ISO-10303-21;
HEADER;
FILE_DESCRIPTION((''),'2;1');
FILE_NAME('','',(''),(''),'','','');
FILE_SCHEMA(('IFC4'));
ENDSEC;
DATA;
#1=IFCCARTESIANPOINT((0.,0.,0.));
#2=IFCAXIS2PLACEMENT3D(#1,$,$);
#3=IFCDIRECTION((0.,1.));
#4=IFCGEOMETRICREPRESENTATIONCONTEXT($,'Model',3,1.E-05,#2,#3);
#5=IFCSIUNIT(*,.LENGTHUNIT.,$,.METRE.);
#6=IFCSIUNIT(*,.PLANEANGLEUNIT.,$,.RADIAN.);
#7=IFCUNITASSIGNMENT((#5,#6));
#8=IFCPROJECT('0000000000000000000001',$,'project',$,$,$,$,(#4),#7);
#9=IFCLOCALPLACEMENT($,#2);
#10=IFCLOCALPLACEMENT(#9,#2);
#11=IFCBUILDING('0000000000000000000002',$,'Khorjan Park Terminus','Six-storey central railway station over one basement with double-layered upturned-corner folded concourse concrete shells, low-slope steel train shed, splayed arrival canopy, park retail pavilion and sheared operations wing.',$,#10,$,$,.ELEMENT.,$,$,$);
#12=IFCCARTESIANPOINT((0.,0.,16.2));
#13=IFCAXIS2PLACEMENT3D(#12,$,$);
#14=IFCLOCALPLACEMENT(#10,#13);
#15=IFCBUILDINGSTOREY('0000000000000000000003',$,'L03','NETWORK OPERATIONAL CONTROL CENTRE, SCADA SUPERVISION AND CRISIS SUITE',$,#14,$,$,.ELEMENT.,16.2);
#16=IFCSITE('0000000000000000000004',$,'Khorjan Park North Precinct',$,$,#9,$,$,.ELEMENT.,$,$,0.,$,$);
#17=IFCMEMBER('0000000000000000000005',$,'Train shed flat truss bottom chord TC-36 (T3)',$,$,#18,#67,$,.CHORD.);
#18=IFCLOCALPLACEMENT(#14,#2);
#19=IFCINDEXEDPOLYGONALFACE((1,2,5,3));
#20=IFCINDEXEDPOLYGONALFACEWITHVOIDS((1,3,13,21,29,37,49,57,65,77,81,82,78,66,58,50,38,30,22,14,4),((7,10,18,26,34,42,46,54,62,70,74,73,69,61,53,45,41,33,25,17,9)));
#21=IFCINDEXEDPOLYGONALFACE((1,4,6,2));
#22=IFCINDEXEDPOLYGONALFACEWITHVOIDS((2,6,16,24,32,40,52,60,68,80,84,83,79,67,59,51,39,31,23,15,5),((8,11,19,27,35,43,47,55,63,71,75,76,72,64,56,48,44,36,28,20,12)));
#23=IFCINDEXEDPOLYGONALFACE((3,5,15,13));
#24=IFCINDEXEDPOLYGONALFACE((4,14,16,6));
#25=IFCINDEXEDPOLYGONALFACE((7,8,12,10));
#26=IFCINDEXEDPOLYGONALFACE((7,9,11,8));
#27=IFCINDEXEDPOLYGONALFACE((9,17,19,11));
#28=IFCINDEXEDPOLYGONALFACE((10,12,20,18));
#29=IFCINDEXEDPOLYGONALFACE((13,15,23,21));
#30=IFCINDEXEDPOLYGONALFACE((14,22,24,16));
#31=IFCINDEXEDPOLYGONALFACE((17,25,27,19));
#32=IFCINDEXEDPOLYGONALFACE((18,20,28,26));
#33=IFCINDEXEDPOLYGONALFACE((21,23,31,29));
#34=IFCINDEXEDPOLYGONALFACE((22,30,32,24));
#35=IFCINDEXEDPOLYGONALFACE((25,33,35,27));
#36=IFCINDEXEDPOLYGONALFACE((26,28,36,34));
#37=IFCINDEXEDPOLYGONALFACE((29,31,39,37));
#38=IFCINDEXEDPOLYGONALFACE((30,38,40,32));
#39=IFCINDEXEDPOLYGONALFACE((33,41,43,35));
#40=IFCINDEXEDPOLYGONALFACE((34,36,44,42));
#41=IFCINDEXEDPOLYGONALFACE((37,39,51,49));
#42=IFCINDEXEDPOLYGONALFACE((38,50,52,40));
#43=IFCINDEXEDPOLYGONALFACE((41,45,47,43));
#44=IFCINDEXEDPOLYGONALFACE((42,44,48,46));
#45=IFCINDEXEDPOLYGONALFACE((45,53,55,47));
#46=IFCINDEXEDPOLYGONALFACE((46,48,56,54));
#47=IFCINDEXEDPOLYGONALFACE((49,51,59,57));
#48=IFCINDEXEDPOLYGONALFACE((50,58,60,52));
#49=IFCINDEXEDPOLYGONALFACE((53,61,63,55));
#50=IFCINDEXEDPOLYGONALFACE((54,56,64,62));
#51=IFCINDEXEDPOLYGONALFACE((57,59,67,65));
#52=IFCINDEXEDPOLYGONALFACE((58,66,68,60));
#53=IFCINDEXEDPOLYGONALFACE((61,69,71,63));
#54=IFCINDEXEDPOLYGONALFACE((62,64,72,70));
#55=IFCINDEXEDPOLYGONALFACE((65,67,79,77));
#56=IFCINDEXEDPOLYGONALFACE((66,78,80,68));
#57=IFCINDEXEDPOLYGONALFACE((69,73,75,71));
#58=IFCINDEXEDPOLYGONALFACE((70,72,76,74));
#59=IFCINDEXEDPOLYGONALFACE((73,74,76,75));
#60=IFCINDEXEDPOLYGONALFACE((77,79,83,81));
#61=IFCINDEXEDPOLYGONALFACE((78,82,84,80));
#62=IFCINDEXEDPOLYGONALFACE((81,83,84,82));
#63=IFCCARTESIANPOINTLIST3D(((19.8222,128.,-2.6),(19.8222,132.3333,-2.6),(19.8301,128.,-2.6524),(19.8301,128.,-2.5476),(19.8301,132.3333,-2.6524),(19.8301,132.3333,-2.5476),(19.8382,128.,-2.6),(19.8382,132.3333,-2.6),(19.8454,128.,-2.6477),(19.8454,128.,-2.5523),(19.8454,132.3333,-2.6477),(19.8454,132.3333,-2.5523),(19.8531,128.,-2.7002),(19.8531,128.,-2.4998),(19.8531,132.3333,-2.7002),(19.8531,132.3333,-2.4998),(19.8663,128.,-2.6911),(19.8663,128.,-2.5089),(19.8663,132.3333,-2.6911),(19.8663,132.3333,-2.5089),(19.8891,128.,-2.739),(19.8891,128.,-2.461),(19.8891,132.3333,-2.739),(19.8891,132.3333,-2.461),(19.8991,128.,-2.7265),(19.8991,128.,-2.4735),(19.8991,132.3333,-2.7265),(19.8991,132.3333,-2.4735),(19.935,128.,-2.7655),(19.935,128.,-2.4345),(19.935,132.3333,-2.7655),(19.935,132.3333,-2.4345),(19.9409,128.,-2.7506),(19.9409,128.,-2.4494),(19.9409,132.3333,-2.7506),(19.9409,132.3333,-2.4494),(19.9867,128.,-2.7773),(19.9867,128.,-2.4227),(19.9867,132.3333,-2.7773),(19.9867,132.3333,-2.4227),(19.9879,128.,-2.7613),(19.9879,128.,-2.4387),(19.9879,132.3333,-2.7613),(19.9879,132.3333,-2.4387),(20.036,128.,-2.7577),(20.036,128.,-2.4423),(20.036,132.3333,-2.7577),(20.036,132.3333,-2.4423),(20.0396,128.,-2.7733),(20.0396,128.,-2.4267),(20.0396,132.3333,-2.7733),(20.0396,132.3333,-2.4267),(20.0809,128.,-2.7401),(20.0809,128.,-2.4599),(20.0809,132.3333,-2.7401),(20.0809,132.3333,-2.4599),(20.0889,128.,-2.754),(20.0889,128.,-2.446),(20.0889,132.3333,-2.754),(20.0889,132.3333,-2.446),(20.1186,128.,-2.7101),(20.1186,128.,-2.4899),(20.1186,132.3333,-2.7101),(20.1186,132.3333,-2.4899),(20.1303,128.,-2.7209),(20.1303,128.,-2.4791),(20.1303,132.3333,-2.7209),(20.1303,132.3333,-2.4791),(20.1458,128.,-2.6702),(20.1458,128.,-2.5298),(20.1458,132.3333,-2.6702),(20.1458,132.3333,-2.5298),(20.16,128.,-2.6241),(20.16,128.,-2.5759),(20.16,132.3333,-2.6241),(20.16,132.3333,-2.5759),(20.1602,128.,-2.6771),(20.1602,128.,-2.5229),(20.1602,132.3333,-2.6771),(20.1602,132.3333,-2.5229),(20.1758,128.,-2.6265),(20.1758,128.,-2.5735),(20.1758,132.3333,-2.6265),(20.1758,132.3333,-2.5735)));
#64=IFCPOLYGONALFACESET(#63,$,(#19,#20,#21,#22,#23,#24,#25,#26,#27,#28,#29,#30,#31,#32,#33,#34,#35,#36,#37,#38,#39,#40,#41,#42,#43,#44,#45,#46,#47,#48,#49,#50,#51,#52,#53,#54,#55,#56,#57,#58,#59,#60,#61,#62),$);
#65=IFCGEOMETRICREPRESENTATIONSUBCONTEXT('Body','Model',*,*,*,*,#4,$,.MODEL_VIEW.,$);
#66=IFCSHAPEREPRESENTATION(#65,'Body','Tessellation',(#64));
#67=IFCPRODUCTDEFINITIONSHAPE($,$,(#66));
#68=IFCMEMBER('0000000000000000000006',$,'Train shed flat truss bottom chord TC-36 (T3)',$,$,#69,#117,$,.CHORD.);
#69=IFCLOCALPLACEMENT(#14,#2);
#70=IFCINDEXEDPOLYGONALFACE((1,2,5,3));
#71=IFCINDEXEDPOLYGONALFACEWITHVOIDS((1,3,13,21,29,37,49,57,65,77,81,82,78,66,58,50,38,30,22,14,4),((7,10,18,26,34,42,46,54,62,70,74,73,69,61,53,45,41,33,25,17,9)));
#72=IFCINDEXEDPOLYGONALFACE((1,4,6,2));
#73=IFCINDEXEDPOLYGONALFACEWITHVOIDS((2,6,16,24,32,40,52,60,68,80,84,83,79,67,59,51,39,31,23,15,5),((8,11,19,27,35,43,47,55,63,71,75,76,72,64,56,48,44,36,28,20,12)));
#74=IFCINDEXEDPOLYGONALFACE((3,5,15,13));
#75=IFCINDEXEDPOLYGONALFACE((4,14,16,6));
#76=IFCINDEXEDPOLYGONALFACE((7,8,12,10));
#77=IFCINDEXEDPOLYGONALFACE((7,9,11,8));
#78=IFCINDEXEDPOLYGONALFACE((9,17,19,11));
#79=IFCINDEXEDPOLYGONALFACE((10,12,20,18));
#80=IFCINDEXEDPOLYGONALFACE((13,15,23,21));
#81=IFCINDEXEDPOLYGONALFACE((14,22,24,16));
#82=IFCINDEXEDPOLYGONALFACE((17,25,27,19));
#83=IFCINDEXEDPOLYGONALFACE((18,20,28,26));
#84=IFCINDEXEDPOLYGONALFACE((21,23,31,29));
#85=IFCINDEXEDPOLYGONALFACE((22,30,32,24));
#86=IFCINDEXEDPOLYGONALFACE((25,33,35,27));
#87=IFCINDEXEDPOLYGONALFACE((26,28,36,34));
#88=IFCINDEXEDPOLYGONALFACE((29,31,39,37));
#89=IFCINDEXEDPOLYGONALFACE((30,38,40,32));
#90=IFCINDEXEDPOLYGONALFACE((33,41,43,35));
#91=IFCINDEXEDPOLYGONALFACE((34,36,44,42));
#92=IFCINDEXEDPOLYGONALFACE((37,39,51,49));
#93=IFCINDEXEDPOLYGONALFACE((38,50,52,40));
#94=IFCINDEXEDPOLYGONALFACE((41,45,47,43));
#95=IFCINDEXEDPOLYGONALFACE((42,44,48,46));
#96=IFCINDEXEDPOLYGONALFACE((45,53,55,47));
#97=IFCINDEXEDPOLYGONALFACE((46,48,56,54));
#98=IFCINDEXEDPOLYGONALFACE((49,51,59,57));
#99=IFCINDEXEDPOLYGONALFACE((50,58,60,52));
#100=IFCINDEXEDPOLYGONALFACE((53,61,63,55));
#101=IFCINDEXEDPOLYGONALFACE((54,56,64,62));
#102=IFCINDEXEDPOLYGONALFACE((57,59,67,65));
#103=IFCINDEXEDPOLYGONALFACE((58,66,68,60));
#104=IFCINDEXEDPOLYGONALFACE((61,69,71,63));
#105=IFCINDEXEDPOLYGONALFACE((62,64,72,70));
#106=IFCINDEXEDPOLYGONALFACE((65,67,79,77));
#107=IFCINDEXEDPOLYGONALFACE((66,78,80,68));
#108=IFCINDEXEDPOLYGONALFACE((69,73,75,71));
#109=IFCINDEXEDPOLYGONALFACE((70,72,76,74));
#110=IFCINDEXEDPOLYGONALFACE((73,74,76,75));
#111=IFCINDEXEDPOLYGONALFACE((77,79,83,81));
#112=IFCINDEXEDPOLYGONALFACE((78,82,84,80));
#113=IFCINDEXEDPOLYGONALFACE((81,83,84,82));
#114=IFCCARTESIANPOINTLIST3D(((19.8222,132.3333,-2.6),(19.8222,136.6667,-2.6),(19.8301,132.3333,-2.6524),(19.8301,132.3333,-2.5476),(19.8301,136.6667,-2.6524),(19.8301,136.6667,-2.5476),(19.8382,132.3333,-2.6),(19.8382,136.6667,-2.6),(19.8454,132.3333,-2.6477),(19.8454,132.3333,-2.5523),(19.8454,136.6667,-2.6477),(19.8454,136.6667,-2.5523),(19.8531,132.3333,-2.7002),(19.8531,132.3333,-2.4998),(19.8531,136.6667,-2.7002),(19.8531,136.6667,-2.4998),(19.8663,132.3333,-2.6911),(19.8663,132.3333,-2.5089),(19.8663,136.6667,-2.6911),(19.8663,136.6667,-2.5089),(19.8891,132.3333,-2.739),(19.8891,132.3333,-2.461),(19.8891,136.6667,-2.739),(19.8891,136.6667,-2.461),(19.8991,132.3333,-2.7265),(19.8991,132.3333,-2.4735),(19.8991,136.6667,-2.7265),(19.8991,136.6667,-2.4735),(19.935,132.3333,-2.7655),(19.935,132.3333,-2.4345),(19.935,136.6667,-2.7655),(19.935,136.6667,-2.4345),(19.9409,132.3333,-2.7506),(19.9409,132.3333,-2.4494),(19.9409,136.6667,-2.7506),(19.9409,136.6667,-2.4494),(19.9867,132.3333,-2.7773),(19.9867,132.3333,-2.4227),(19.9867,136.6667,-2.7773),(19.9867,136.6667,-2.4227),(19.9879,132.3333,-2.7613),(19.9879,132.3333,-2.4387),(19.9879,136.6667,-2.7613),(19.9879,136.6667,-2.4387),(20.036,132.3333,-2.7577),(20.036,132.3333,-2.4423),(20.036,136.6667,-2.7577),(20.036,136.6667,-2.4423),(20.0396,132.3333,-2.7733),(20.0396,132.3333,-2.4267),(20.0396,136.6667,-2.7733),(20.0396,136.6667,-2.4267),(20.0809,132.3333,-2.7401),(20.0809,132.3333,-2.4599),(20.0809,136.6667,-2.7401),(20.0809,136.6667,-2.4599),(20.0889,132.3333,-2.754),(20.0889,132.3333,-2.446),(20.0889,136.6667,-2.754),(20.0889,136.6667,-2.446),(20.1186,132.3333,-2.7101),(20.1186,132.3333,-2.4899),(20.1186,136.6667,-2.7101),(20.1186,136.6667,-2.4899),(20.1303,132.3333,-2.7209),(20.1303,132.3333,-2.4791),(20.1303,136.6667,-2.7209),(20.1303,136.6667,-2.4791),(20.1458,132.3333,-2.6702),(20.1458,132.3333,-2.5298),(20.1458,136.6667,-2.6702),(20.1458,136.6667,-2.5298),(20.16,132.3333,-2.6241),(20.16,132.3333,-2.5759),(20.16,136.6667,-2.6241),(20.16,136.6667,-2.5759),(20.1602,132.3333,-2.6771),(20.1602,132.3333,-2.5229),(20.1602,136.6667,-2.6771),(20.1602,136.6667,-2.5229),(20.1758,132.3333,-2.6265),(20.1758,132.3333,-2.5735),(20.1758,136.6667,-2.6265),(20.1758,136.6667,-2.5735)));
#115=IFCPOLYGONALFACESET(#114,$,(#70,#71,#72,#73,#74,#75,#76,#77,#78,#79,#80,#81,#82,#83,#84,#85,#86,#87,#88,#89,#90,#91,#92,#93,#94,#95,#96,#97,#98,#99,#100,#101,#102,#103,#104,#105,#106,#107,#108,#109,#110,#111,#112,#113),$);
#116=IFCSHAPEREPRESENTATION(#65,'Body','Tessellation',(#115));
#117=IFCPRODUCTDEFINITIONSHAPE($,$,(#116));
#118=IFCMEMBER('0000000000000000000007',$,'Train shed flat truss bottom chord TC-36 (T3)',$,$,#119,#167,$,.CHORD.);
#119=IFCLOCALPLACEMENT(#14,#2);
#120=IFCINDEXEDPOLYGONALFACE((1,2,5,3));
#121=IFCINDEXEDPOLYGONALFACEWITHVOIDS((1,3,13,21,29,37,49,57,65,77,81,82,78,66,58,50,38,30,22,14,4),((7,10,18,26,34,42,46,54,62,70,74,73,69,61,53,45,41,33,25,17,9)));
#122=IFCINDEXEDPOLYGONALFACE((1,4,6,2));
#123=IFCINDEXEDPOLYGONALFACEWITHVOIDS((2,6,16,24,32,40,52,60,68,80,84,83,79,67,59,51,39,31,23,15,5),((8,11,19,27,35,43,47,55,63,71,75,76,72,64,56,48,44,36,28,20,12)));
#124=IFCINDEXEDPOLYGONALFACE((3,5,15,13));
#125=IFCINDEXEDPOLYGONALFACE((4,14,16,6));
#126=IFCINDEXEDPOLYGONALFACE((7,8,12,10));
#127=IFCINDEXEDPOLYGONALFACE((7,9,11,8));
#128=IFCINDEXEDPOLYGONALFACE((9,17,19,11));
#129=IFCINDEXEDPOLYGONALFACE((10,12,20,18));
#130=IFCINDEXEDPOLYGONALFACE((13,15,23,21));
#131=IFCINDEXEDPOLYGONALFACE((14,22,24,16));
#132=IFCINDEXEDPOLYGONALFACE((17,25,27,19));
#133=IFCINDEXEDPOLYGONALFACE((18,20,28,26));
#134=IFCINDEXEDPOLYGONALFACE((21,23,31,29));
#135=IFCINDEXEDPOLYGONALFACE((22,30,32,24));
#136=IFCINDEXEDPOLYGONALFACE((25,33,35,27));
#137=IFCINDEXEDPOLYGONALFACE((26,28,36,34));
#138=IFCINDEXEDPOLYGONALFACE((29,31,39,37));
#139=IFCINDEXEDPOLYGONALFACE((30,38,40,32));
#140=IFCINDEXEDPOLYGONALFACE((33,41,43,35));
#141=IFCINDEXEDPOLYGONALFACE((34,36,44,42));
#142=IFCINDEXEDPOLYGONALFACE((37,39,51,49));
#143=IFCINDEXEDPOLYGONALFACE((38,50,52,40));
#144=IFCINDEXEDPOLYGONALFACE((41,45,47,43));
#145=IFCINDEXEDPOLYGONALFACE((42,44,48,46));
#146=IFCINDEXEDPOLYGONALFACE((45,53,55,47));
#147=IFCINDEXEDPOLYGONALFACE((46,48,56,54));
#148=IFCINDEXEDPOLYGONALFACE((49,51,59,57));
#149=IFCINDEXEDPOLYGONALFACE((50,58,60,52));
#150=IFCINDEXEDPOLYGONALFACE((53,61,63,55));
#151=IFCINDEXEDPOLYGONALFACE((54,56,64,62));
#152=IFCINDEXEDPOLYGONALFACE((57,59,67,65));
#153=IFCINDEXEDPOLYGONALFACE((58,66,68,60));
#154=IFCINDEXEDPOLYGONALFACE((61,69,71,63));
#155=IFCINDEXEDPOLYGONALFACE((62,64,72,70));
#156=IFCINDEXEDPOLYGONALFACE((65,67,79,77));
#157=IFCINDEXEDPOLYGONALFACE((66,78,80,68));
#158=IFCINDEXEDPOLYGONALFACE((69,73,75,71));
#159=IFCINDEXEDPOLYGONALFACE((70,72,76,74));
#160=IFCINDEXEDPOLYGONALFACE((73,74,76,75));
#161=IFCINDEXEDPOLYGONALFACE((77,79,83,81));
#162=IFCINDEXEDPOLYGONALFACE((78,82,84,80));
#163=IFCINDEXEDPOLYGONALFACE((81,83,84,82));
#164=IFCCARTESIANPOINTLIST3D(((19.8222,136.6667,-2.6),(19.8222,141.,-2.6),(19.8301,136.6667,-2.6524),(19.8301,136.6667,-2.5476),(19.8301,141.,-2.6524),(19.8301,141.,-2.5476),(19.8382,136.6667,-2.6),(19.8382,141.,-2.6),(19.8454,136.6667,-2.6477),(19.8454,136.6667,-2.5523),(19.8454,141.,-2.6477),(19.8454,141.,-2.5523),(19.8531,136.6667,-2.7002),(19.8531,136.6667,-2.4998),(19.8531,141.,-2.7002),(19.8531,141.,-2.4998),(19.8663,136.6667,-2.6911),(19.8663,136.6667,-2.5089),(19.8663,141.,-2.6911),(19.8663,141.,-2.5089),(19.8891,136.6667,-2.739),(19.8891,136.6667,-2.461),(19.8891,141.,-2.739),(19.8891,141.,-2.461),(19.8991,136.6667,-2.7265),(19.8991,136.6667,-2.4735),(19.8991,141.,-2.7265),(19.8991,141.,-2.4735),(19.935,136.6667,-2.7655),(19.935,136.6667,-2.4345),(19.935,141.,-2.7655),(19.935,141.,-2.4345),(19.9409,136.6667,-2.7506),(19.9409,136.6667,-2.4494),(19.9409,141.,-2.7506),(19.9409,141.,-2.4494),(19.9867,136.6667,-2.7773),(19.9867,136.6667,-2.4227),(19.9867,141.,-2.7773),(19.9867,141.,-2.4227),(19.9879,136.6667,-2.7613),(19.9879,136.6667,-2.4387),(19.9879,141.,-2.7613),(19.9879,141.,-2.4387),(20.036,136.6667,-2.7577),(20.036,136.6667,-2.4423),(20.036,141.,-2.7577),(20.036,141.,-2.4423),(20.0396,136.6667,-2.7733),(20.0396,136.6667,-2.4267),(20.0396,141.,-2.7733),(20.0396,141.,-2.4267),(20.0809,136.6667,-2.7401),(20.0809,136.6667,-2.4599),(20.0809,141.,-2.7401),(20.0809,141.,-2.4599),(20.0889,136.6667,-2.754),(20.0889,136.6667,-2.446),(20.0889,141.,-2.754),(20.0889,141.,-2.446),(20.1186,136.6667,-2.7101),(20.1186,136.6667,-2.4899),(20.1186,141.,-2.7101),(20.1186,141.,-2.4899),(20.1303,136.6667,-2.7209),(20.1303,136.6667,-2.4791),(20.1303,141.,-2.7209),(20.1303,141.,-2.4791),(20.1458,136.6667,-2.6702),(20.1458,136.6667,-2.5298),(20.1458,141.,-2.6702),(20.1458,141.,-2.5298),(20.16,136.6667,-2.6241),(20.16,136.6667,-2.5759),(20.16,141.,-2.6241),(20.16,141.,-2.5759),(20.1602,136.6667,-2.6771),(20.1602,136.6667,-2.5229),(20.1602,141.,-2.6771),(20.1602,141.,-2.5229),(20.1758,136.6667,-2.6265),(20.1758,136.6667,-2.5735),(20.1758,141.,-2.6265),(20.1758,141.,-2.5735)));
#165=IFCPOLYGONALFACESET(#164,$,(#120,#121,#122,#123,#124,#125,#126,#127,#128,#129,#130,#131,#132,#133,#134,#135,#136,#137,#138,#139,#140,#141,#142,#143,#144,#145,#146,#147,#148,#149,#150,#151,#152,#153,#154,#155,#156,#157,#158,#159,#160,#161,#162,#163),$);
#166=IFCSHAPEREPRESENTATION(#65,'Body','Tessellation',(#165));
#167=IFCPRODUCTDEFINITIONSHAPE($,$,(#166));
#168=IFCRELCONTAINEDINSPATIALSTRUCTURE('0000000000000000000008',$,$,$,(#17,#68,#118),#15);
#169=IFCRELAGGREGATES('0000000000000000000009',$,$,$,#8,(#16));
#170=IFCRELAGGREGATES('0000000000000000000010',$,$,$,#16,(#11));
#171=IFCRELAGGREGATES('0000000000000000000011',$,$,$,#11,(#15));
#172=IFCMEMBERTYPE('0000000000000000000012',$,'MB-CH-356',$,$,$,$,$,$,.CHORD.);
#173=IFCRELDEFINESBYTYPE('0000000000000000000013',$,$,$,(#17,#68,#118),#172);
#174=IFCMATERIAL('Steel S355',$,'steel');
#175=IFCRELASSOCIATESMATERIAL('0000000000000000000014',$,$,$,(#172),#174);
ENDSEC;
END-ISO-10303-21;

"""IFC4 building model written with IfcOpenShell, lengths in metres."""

from ifc_helpers import new_model, si_unit, direction, frame, origin, origin_2d, place, context, subcontext, project, spatial, hollow_circle, extrude, material, material_profile, profile_set, type_object, element, save


model = new_model("IFC4")

# Units and contexts
model_context = context("Model", 3, precision=1e-05, world=origin(), true_north=direction((0.0, 1.0)))
body_context = subcontext(model_context, "Body", "Model", "MODEL_VIEW")
ifc_project = project(units=[si_unit("LENGTHUNIT", "METRE"), si_unit("PLANEANGLEUNIT", "RADIAN")], contexts=[model_context])

# Site, building, storey
site_placement = place(None, origin())
site = spatial("IfcSite", under=ifc_project, at=site_placement, Name="Khorjan Park North Precinct", CompositionType="ELEMENT", RefElevation=0.0)
building_placement = place(site_placement, origin())
building = spatial("IfcBuilding", under=site, at=building_placement, Name="Khorjan Park Terminus", Description="Six-storey central railway station over one basement with double-layered upturned-corner folded concourse concrete shells, low-slope steel train shed, splayed arrival canopy, park retail pavilion and sheared operations wing.", CompositionType="ELEMENT")
storey_placement = place(building_placement, frame((0.0, 0.0, 16.2)))
storey = spatial("IfcBuildingStorey", under=building, at=storey_placement, Name="L03", Description="NETWORK OPERATIONAL CONTROL CENTRE, SCADA SUPERVISION AND CRISIS SUITE", CompositionType="ELEMENT", Elevation=16.2)

# Members
ifc_material = material(Name="Steel S355", Category="steel")
ifc_material_profile_1 = material_profile(ifc_material, hollow_circle(Radius=0.1778, WallThickness=0.016, at=origin_2d()), Name="CHS 355.6x16")
ifc_profile_set_1 = profile_set([ifc_material_profile_1], Name="Steel S355")
member_type_1 = type_object("IfcMemberType", Name="MB-CH-356", PredefinedType="CHORD", material=ifc_profile_set_1)
member_1_placement = place(storey_placement, frame((20.0, 128.0, -2.6), z_axis=(0.0, 1.0, 0.0), x_axis=(-1.0, 0.0, 0.0)))
element("IfcMember", 1, at=member_1_placement, inside=storey, type_object=member_type_1, Name="Train shed flat truss bottom chord TC-36 (T3)", PredefinedType="CHORD", context=body_context, shape_type="SweptSolid", body=[
    extrude(hollow_circle(Radius=0.1778, WallThickness=0.016, at=origin_2d()), origin(), (0.0, 0.0, 1.0), 4.3333),
])
member_2_placement = place(storey_placement, frame((20.0, 132.3333, -2.6), z_axis=(0.0, 1.0, 0.0), x_axis=(-1.0, 0.0, 0.0)))
element("IfcMember", 2, at=member_2_placement, inside=storey, type_object=member_type_1, Name="Train shed flat truss bottom chord TC-36 (T3)", PredefinedType="CHORD", context=body_context, shape_type="SweptSolid", body=[
    extrude(hollow_circle(Radius=0.1778, WallThickness=0.016, at=origin_2d()), origin(), (0.0, 0.0, 1.0), 4.3334),
])
member_3_placement = place(storey_placement, frame((20.0, 136.6667, -2.6), z_axis=(0.0, 1.0, 0.0), x_axis=(-1.0, 0.0, 0.0)))
element("IfcMember", 3, at=member_3_placement, inside=storey, type_object=member_type_1, Name="Train shed flat truss bottom chord TC-36 (T3)", PredefinedType="CHORD", context=body_context, shape_type="SweptSolid", body=[
    extrude(hollow_circle(Radius=0.1778, WallThickness=0.016, at=origin_2d()), origin(), (0.0, 0.0, 1.0), 4.3333),
])

save(model, "model.ifc")
